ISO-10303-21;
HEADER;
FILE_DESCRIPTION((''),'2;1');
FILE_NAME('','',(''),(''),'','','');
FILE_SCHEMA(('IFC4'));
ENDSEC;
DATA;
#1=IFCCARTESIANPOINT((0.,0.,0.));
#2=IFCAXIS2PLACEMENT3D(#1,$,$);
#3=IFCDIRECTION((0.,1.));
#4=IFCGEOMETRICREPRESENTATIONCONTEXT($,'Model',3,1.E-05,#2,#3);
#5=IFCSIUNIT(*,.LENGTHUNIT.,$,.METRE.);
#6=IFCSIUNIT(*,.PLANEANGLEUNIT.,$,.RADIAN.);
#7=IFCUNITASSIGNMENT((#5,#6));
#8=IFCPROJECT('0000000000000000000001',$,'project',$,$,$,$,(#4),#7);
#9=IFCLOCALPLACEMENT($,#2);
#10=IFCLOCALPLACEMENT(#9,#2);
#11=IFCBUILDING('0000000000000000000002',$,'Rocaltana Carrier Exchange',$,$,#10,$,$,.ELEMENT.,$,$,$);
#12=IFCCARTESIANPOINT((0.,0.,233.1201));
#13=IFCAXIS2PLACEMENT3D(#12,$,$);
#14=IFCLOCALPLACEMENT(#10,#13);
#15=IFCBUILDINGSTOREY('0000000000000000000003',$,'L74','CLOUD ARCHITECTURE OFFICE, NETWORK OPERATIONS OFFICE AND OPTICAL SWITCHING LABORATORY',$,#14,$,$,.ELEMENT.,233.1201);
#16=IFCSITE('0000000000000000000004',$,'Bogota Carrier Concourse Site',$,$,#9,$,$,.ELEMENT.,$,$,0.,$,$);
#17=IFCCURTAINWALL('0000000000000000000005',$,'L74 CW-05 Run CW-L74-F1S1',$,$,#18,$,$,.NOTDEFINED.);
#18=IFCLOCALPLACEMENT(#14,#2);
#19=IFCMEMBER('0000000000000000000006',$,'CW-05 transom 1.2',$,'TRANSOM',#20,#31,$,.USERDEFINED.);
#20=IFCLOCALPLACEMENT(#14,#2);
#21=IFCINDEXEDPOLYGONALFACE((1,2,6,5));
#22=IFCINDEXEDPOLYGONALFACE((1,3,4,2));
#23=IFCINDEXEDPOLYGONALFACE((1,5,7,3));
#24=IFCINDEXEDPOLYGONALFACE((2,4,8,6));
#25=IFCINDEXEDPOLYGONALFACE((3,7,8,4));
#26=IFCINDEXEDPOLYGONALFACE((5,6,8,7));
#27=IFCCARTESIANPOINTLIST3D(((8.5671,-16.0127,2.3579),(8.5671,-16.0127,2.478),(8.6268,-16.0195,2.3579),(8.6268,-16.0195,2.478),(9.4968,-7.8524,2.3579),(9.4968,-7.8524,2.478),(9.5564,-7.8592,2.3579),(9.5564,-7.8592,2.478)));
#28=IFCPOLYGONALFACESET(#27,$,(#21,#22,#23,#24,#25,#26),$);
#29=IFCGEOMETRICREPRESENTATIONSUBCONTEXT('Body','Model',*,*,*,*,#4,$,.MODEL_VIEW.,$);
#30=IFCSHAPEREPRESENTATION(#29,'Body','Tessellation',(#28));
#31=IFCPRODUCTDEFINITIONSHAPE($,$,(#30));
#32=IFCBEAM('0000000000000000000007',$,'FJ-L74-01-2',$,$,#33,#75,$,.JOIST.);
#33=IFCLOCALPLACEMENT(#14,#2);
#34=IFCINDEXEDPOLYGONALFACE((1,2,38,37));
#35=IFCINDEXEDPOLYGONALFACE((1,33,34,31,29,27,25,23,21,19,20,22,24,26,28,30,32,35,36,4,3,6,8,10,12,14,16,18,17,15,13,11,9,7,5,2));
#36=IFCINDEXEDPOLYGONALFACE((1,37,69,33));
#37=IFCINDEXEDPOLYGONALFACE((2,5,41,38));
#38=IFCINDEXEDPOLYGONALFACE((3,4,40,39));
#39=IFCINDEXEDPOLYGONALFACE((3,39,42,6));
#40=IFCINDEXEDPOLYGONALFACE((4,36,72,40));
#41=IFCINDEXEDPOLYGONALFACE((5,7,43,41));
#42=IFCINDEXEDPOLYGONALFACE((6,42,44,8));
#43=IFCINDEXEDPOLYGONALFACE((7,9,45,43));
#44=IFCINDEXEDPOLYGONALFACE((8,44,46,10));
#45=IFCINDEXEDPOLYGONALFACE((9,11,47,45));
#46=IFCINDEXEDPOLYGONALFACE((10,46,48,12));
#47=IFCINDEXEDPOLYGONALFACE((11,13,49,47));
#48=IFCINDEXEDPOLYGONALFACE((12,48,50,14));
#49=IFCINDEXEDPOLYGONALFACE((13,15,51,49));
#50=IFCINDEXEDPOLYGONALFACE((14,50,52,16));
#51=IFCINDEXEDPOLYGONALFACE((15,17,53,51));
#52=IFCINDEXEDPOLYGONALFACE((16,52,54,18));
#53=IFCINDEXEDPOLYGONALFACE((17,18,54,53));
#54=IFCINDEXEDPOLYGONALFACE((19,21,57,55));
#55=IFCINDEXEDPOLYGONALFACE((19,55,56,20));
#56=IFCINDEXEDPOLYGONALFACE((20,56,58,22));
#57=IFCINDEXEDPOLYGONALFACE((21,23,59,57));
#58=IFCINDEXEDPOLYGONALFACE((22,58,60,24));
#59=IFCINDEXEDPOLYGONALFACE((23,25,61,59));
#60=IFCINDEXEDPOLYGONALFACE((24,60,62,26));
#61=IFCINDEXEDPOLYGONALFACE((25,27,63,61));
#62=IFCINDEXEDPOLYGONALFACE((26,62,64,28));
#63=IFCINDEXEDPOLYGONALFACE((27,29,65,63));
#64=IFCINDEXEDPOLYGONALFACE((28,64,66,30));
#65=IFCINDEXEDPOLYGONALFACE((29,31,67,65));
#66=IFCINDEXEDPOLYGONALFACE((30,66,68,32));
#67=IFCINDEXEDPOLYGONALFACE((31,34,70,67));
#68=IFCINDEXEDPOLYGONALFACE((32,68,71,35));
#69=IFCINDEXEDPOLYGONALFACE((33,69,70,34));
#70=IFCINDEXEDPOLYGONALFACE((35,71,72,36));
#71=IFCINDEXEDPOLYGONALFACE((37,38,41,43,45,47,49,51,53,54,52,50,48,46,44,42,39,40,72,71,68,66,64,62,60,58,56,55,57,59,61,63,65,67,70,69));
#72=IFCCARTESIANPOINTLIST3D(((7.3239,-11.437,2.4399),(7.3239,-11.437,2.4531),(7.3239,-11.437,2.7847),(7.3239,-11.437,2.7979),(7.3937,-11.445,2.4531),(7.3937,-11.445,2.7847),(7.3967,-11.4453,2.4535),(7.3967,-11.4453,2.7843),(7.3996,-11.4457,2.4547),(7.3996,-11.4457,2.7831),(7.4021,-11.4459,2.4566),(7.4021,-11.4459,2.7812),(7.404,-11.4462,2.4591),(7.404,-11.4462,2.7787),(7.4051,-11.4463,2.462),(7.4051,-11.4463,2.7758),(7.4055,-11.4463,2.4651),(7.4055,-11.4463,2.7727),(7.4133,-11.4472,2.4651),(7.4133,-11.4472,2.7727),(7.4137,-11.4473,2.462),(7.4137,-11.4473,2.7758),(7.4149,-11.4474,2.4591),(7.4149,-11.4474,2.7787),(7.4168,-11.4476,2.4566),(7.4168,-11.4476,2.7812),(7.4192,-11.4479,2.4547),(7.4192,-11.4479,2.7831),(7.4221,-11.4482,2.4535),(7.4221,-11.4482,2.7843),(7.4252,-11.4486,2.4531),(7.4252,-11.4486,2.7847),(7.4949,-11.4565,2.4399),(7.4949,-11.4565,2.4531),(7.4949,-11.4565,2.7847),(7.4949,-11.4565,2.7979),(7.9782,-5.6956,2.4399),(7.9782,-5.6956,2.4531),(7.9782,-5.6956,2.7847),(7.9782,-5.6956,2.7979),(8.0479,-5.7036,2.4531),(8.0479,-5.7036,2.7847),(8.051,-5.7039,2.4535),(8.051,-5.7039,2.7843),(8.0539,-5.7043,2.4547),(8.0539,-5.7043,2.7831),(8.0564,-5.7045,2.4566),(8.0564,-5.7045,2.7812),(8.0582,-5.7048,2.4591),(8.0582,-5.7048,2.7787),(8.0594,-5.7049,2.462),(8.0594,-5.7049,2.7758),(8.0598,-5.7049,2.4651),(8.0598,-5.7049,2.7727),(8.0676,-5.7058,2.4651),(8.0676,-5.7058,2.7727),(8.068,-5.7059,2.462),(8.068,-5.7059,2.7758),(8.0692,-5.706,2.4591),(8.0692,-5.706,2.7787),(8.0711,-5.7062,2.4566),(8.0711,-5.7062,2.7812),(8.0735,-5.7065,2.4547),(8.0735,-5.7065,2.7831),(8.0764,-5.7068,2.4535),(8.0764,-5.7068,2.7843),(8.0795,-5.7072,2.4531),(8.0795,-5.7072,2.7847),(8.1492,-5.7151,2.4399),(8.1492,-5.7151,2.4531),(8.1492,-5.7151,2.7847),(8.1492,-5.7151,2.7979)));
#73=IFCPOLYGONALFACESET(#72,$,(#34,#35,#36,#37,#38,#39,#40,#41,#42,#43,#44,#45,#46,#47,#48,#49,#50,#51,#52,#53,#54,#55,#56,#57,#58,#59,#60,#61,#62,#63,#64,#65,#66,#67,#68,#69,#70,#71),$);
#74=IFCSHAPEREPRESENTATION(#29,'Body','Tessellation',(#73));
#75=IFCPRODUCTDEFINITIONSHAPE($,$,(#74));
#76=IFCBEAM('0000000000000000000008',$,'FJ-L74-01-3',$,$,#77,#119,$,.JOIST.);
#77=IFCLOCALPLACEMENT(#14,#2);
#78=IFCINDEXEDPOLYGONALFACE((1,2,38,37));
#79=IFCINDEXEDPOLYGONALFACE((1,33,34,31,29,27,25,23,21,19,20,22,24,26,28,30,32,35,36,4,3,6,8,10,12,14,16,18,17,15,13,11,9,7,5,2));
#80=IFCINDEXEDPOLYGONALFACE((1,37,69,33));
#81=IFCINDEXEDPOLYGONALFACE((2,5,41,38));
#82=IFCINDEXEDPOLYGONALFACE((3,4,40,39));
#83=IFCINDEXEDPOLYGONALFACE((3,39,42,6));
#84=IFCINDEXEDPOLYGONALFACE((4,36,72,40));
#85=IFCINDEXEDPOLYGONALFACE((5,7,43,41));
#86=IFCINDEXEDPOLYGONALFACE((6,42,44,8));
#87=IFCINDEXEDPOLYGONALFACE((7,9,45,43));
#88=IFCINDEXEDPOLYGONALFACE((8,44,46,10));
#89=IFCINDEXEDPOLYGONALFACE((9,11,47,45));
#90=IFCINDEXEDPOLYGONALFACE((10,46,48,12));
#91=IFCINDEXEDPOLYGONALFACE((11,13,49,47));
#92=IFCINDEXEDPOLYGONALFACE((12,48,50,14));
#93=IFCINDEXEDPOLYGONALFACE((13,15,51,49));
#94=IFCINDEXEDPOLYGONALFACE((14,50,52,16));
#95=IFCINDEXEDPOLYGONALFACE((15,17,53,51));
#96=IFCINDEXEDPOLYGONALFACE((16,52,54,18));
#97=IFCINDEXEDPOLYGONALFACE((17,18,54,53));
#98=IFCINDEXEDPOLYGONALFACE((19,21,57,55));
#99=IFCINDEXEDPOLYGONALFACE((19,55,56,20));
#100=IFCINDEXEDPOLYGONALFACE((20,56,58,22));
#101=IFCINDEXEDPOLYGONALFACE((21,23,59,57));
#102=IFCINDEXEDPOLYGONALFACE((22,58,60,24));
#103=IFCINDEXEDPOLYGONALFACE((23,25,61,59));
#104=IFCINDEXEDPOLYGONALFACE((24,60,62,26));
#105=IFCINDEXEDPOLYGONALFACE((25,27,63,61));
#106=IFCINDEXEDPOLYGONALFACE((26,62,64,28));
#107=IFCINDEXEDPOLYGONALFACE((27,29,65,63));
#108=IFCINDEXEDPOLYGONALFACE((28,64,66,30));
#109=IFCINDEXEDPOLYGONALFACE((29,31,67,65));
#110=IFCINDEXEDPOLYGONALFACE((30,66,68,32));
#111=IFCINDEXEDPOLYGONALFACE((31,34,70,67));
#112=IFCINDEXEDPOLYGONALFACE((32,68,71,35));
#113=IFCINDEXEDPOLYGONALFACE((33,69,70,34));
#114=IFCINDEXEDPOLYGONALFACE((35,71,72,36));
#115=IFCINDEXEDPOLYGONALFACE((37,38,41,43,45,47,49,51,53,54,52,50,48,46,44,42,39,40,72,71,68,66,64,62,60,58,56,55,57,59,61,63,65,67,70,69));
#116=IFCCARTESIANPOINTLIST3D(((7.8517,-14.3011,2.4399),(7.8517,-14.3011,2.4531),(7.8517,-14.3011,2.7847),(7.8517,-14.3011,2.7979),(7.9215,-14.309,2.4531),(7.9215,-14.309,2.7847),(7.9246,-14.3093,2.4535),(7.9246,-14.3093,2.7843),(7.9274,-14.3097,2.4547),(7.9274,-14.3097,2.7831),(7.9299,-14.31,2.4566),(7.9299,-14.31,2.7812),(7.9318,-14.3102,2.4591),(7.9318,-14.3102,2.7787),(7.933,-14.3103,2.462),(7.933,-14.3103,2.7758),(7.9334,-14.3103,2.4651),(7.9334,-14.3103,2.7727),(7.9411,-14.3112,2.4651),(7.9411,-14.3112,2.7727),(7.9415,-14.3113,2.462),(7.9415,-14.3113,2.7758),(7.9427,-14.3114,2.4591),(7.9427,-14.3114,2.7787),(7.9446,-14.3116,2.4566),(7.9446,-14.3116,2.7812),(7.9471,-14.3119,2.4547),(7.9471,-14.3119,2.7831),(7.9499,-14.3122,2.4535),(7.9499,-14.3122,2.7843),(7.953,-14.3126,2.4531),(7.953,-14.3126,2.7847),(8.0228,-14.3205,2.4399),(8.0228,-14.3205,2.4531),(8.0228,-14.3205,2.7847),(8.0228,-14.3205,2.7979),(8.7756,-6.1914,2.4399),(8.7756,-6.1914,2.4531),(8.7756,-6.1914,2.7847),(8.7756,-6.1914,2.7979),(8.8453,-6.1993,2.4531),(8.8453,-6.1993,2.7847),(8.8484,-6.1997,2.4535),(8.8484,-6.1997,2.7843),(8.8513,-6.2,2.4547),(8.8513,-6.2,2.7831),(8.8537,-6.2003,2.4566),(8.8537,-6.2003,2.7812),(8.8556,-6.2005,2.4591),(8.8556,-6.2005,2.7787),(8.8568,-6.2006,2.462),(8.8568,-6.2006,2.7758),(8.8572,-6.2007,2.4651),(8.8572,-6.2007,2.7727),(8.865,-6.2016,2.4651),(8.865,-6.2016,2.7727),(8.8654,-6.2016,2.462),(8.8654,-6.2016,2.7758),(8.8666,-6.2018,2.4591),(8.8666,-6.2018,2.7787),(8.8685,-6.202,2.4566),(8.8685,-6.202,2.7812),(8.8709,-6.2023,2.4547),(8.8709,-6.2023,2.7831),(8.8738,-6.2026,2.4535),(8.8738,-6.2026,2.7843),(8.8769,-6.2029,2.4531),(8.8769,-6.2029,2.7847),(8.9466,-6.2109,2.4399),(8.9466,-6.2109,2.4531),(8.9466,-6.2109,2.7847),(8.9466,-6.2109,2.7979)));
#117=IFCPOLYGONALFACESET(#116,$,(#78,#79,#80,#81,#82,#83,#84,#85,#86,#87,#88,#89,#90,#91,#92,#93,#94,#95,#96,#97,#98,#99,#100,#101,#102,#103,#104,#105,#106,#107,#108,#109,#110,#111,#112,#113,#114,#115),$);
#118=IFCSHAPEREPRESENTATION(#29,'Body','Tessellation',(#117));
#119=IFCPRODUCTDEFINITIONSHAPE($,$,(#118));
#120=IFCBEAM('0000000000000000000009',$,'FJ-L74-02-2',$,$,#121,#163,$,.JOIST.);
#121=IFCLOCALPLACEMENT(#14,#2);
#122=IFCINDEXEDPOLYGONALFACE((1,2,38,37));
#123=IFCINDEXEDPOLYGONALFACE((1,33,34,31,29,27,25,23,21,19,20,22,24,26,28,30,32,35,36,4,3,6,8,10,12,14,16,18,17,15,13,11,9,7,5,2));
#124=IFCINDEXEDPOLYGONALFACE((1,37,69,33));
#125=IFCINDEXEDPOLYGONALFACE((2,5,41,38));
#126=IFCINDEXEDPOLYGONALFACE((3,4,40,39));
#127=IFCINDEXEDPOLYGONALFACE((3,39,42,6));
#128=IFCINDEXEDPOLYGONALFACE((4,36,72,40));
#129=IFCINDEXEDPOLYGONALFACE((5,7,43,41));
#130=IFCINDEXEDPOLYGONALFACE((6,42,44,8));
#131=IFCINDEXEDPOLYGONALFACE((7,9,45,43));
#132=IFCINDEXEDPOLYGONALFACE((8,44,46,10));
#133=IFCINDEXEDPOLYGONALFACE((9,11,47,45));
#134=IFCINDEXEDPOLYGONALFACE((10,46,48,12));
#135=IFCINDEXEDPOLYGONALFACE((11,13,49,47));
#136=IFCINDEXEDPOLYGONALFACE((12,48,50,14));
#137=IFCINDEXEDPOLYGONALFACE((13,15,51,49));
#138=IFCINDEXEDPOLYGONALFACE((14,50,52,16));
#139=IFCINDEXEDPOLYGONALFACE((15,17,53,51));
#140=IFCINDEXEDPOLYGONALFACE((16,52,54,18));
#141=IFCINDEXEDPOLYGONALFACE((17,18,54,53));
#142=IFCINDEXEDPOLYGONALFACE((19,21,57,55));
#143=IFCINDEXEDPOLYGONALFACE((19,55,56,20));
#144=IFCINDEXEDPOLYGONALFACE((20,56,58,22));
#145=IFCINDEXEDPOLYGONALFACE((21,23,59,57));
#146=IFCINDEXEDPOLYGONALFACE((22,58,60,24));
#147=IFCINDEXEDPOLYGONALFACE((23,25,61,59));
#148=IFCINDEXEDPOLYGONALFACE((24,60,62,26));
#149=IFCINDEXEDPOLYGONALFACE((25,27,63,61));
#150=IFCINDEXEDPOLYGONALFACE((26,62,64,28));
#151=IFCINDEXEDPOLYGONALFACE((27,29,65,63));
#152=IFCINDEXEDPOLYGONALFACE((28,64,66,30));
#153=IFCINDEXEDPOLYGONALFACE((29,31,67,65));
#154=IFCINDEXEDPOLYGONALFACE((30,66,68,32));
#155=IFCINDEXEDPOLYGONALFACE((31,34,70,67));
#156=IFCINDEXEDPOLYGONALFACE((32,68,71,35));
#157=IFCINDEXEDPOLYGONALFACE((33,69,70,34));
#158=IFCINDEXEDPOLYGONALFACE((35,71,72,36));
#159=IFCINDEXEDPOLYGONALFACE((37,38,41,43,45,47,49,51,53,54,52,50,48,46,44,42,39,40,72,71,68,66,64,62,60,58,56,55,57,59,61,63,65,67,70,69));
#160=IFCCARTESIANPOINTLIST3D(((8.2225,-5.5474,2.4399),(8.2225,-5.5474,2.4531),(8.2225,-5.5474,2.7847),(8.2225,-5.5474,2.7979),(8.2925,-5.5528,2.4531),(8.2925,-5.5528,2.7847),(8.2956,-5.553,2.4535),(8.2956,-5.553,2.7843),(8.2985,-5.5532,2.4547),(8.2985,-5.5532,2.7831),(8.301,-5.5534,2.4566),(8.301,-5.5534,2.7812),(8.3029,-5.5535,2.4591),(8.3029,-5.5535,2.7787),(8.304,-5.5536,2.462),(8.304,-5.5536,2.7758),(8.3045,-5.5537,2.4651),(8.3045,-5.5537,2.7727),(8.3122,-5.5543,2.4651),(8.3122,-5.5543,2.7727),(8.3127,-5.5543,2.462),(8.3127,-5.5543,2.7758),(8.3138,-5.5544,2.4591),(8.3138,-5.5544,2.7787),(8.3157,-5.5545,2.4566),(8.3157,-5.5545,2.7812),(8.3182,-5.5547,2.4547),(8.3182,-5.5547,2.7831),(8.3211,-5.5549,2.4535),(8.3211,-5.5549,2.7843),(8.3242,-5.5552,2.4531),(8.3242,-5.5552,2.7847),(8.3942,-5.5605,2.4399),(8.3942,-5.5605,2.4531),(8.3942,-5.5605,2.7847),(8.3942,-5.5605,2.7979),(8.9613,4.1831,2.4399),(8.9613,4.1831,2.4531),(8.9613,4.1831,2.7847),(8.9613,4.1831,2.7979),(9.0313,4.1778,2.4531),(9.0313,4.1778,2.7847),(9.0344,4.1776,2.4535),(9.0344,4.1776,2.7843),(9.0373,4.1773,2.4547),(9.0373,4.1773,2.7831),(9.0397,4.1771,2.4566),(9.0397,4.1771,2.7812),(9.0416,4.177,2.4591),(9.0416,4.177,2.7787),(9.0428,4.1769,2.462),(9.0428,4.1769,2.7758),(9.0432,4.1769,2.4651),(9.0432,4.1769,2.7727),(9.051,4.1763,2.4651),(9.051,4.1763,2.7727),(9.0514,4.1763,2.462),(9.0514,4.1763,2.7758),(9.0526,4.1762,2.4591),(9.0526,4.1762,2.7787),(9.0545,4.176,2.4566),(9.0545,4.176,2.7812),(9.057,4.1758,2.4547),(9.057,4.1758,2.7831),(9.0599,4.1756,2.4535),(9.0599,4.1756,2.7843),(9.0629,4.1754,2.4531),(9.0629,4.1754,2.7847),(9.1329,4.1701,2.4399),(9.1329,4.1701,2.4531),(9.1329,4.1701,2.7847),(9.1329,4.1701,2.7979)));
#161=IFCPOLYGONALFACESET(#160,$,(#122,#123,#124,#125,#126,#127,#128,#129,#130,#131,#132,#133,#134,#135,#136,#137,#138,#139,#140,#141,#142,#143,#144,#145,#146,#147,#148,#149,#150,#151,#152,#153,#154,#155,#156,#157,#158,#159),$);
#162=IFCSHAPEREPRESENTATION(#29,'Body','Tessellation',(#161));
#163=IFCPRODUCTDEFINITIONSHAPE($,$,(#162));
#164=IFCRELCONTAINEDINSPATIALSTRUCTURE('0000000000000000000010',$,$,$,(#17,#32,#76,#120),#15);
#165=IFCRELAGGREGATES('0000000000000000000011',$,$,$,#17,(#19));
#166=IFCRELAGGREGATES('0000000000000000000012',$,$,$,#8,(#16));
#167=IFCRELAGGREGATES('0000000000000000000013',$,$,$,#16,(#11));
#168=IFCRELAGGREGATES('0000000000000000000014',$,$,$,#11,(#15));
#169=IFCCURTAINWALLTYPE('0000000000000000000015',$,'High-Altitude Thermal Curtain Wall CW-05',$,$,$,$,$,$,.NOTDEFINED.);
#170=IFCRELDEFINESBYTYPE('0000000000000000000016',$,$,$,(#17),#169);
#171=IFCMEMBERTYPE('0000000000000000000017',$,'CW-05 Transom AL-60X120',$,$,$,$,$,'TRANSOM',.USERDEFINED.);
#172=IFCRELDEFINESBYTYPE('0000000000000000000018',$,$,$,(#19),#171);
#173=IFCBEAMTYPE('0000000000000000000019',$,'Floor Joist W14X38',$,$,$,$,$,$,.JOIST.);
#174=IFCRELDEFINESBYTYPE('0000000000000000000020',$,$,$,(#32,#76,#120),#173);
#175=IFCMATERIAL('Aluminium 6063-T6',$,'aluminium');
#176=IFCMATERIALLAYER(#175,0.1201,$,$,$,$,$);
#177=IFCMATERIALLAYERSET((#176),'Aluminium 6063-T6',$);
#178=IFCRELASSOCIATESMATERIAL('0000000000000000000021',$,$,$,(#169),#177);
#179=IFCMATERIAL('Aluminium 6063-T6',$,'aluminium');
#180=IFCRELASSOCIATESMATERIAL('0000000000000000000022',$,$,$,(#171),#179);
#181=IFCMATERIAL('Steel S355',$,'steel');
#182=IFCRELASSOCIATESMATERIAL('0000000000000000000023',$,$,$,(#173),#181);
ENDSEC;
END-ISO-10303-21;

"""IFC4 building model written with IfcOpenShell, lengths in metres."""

from ifc_helpers import new_model, si_unit, direction, frame, origin, origin_2d, place, context, subcontext, project, spatial, rectangle, i_section, extrude, material, layer, layer_set, material_profile, profile_set, type_object, element, aggregate, save


model = new_model("IFC4")

# Units and contexts
model_context = context("Model", 3, precision=1e-05, world=origin(), true_north=direction((0.0, 1.0)))
body_context = subcontext(model_context, "Body", "Model", "MODEL_VIEW")
ifc_project = project(units=[si_unit("LENGTHUNIT", "METRE"), si_unit("PLANEANGLEUNIT", "RADIAN")], contexts=[model_context])

# Site, building, storey
site_placement = place(None, origin())
site = spatial("IfcSite", under=ifc_project, at=site_placement, Name="Bogota Carrier Concourse Site", CompositionType="ELEMENT", RefElevation=0.0)
building_placement = place(site_placement, origin())
building = spatial("IfcBuilding", under=site, at=building_placement, Name="Rocaltana Carrier Exchange", CompositionType="ELEMENT")
storey_placement = place(building_placement, frame((0.0, 0.0, 233.1201)))
storey = spatial("IfcBuildingStorey", under=building, at=storey_placement, Name="L74", Description="CLOUD ARCHITECTURE OFFICE, NETWORK OPERATIONS OFFICE AND OPTICAL SWITCHING LABORATORY", CompositionType="ELEMENT", Elevation=233.1201)

# Curtain wall
ifc_material_1 = material(Name="Aluminium 6063-T6", Category="aluminium")
ifc_layer_1 = layer(ifc_material_1, 0.1201)
ifc_layer_set_1 = layer_set([ifc_layer_1], Name="Aluminium 6063-T6")
curtain_wall_type = type_object("IfcCurtainWallType", Name="High-Altitude Thermal Curtain Wall CW-05", PredefinedType="NOTDEFINED", material=ifc_layer_set_1)
curtain_wall_1_placement = place(storey_placement, origin())
curtain_wall_1 = element("IfcCurtainWall", 1, at=curtain_wall_1_placement, inside=storey, type_object=curtain_wall_type, Name="L74 CW-05 Run CW-L74-F1S1", PredefinedType="NOTDEFINED")

# Member
ifc_material_2 = material(Name="Aluminium 6063-T6", Category="aluminium")
ifc_material_profile_1 = material_profile(ifc_material_2, rectangle(XDim=0.0601, YDim=0.1201, at=origin_2d()), Name="AL-60X120")
ifc_profile_set_1 = profile_set([ifc_material_profile_1], Name="Aluminium 6063-T6")
member_type_1 = type_object("IfcMemberType", Name="CW-05 Transom AL-60X120", ElementType="TRANSOM", PredefinedType="USERDEFINED", material=ifc_profile_set_1)
member_1_placement = place(storey_placement, frame((8.5969, -16.0161, 2.418), z_axis=(0.113194, 0.993573, 0.0), x_axis=(-0.993573, 0.113194, 0.0)))
member_1 = element("IfcMember", 2, at=member_1_placement, type_object=member_type_1, Name="CW-05 transom 1.2", ObjectType="TRANSOM", PredefinedType="USERDEFINED", context=body_context, shape_type="SweptSolid", body=[
    extrude(rectangle(XDim=0.0601, YDim=0.1201, at=origin_2d()), origin(), (0.0, 0.0, 1.0), 8.2131),
])

# Beams
ifc_material_3 = material(Name="Steel S355", Category="steel")
ifc_material_profile_2 = material_profile(ifc_material_3, i_section(OverallWidth=0.1721, OverallDepth=0.3579, WebThickness=0.0078, FlangeThickness=0.0132, FilletRadius=0.012, at=origin_2d()), Name="W14X38")
ifc_profile_set_2 = profile_set([ifc_material_profile_2], Name="Steel S355")
beam_type_1 = type_object("IfcBeamType", Name="Floor Joist W14X38", PredefinedType="JOIST", material=ifc_profile_set_2)
beam_1_placement = place(storey_placement, frame((7.4094, -11.4468, 2.6189), z_axis=(0.113227, 0.993569, 0.0), x_axis=(-0.993569, 0.113227, 0.0)))
element("IfcBeam", 3, at=beam_1_placement, inside=storey, type_object=beam_type_1, Name="FJ-L74-01-2", PredefinedType="JOIST", context=body_context, shape_type="SweptSolid", body=[
    extrude(i_section(OverallWidth=0.1721, OverallDepth=0.3579, WebThickness=0.0078, FlangeThickness=0.0132, FilletRadius=0.012, at=origin_2d()), origin(), (0.0, 0.0, 1.0), 5.7786),
])
beam_2_placement = place(storey_placement, frame((7.9373, -14.3108, 2.6189), z_axis=(0.113186, 0.993574, 0.0), x_axis=(-0.993574, 0.113186, 0.0)))
element("IfcBeam", 4, at=beam_2_placement, inside=storey, type_object=beam_type_1, Name="FJ-L74-01-3", PredefinedType="JOIST", context=body_context, shape_type="SweptSolid", body=[
    extrude(i_section(OverallWidth=0.1721, OverallDepth=0.3579, WebThickness=0.0078, FlangeThickness=0.0132, FilletRadius=0.012, at=origin_2d()), origin(), (0.0, 0.0, 1.0), 8.1621),
])
beam_3_placement = place(storey_placement, frame((8.3083, -5.554, 2.6189), z_axis=(0.075705, 0.99713, 0.0), x_axis=(-0.99713, 0.075705, 0.0)))
element("IfcBeam", 5, at=beam_3_placement, inside=storey, type_object=beam_type_1, Name="FJ-L74-02-2", PredefinedType="JOIST", context=body_context, shape_type="SweptSolid", body=[
    extrude(i_section(OverallWidth=0.1721, OverallDepth=0.3579, WebThickness=0.0078, FlangeThickness=0.0132, FilletRadius=0.012, at=origin_2d()), origin(), (0.0, 0.0, 1.0), 9.7585),
])

aggregate(curtain_wall_1, [member_1])

save(model, "model.ifc")
